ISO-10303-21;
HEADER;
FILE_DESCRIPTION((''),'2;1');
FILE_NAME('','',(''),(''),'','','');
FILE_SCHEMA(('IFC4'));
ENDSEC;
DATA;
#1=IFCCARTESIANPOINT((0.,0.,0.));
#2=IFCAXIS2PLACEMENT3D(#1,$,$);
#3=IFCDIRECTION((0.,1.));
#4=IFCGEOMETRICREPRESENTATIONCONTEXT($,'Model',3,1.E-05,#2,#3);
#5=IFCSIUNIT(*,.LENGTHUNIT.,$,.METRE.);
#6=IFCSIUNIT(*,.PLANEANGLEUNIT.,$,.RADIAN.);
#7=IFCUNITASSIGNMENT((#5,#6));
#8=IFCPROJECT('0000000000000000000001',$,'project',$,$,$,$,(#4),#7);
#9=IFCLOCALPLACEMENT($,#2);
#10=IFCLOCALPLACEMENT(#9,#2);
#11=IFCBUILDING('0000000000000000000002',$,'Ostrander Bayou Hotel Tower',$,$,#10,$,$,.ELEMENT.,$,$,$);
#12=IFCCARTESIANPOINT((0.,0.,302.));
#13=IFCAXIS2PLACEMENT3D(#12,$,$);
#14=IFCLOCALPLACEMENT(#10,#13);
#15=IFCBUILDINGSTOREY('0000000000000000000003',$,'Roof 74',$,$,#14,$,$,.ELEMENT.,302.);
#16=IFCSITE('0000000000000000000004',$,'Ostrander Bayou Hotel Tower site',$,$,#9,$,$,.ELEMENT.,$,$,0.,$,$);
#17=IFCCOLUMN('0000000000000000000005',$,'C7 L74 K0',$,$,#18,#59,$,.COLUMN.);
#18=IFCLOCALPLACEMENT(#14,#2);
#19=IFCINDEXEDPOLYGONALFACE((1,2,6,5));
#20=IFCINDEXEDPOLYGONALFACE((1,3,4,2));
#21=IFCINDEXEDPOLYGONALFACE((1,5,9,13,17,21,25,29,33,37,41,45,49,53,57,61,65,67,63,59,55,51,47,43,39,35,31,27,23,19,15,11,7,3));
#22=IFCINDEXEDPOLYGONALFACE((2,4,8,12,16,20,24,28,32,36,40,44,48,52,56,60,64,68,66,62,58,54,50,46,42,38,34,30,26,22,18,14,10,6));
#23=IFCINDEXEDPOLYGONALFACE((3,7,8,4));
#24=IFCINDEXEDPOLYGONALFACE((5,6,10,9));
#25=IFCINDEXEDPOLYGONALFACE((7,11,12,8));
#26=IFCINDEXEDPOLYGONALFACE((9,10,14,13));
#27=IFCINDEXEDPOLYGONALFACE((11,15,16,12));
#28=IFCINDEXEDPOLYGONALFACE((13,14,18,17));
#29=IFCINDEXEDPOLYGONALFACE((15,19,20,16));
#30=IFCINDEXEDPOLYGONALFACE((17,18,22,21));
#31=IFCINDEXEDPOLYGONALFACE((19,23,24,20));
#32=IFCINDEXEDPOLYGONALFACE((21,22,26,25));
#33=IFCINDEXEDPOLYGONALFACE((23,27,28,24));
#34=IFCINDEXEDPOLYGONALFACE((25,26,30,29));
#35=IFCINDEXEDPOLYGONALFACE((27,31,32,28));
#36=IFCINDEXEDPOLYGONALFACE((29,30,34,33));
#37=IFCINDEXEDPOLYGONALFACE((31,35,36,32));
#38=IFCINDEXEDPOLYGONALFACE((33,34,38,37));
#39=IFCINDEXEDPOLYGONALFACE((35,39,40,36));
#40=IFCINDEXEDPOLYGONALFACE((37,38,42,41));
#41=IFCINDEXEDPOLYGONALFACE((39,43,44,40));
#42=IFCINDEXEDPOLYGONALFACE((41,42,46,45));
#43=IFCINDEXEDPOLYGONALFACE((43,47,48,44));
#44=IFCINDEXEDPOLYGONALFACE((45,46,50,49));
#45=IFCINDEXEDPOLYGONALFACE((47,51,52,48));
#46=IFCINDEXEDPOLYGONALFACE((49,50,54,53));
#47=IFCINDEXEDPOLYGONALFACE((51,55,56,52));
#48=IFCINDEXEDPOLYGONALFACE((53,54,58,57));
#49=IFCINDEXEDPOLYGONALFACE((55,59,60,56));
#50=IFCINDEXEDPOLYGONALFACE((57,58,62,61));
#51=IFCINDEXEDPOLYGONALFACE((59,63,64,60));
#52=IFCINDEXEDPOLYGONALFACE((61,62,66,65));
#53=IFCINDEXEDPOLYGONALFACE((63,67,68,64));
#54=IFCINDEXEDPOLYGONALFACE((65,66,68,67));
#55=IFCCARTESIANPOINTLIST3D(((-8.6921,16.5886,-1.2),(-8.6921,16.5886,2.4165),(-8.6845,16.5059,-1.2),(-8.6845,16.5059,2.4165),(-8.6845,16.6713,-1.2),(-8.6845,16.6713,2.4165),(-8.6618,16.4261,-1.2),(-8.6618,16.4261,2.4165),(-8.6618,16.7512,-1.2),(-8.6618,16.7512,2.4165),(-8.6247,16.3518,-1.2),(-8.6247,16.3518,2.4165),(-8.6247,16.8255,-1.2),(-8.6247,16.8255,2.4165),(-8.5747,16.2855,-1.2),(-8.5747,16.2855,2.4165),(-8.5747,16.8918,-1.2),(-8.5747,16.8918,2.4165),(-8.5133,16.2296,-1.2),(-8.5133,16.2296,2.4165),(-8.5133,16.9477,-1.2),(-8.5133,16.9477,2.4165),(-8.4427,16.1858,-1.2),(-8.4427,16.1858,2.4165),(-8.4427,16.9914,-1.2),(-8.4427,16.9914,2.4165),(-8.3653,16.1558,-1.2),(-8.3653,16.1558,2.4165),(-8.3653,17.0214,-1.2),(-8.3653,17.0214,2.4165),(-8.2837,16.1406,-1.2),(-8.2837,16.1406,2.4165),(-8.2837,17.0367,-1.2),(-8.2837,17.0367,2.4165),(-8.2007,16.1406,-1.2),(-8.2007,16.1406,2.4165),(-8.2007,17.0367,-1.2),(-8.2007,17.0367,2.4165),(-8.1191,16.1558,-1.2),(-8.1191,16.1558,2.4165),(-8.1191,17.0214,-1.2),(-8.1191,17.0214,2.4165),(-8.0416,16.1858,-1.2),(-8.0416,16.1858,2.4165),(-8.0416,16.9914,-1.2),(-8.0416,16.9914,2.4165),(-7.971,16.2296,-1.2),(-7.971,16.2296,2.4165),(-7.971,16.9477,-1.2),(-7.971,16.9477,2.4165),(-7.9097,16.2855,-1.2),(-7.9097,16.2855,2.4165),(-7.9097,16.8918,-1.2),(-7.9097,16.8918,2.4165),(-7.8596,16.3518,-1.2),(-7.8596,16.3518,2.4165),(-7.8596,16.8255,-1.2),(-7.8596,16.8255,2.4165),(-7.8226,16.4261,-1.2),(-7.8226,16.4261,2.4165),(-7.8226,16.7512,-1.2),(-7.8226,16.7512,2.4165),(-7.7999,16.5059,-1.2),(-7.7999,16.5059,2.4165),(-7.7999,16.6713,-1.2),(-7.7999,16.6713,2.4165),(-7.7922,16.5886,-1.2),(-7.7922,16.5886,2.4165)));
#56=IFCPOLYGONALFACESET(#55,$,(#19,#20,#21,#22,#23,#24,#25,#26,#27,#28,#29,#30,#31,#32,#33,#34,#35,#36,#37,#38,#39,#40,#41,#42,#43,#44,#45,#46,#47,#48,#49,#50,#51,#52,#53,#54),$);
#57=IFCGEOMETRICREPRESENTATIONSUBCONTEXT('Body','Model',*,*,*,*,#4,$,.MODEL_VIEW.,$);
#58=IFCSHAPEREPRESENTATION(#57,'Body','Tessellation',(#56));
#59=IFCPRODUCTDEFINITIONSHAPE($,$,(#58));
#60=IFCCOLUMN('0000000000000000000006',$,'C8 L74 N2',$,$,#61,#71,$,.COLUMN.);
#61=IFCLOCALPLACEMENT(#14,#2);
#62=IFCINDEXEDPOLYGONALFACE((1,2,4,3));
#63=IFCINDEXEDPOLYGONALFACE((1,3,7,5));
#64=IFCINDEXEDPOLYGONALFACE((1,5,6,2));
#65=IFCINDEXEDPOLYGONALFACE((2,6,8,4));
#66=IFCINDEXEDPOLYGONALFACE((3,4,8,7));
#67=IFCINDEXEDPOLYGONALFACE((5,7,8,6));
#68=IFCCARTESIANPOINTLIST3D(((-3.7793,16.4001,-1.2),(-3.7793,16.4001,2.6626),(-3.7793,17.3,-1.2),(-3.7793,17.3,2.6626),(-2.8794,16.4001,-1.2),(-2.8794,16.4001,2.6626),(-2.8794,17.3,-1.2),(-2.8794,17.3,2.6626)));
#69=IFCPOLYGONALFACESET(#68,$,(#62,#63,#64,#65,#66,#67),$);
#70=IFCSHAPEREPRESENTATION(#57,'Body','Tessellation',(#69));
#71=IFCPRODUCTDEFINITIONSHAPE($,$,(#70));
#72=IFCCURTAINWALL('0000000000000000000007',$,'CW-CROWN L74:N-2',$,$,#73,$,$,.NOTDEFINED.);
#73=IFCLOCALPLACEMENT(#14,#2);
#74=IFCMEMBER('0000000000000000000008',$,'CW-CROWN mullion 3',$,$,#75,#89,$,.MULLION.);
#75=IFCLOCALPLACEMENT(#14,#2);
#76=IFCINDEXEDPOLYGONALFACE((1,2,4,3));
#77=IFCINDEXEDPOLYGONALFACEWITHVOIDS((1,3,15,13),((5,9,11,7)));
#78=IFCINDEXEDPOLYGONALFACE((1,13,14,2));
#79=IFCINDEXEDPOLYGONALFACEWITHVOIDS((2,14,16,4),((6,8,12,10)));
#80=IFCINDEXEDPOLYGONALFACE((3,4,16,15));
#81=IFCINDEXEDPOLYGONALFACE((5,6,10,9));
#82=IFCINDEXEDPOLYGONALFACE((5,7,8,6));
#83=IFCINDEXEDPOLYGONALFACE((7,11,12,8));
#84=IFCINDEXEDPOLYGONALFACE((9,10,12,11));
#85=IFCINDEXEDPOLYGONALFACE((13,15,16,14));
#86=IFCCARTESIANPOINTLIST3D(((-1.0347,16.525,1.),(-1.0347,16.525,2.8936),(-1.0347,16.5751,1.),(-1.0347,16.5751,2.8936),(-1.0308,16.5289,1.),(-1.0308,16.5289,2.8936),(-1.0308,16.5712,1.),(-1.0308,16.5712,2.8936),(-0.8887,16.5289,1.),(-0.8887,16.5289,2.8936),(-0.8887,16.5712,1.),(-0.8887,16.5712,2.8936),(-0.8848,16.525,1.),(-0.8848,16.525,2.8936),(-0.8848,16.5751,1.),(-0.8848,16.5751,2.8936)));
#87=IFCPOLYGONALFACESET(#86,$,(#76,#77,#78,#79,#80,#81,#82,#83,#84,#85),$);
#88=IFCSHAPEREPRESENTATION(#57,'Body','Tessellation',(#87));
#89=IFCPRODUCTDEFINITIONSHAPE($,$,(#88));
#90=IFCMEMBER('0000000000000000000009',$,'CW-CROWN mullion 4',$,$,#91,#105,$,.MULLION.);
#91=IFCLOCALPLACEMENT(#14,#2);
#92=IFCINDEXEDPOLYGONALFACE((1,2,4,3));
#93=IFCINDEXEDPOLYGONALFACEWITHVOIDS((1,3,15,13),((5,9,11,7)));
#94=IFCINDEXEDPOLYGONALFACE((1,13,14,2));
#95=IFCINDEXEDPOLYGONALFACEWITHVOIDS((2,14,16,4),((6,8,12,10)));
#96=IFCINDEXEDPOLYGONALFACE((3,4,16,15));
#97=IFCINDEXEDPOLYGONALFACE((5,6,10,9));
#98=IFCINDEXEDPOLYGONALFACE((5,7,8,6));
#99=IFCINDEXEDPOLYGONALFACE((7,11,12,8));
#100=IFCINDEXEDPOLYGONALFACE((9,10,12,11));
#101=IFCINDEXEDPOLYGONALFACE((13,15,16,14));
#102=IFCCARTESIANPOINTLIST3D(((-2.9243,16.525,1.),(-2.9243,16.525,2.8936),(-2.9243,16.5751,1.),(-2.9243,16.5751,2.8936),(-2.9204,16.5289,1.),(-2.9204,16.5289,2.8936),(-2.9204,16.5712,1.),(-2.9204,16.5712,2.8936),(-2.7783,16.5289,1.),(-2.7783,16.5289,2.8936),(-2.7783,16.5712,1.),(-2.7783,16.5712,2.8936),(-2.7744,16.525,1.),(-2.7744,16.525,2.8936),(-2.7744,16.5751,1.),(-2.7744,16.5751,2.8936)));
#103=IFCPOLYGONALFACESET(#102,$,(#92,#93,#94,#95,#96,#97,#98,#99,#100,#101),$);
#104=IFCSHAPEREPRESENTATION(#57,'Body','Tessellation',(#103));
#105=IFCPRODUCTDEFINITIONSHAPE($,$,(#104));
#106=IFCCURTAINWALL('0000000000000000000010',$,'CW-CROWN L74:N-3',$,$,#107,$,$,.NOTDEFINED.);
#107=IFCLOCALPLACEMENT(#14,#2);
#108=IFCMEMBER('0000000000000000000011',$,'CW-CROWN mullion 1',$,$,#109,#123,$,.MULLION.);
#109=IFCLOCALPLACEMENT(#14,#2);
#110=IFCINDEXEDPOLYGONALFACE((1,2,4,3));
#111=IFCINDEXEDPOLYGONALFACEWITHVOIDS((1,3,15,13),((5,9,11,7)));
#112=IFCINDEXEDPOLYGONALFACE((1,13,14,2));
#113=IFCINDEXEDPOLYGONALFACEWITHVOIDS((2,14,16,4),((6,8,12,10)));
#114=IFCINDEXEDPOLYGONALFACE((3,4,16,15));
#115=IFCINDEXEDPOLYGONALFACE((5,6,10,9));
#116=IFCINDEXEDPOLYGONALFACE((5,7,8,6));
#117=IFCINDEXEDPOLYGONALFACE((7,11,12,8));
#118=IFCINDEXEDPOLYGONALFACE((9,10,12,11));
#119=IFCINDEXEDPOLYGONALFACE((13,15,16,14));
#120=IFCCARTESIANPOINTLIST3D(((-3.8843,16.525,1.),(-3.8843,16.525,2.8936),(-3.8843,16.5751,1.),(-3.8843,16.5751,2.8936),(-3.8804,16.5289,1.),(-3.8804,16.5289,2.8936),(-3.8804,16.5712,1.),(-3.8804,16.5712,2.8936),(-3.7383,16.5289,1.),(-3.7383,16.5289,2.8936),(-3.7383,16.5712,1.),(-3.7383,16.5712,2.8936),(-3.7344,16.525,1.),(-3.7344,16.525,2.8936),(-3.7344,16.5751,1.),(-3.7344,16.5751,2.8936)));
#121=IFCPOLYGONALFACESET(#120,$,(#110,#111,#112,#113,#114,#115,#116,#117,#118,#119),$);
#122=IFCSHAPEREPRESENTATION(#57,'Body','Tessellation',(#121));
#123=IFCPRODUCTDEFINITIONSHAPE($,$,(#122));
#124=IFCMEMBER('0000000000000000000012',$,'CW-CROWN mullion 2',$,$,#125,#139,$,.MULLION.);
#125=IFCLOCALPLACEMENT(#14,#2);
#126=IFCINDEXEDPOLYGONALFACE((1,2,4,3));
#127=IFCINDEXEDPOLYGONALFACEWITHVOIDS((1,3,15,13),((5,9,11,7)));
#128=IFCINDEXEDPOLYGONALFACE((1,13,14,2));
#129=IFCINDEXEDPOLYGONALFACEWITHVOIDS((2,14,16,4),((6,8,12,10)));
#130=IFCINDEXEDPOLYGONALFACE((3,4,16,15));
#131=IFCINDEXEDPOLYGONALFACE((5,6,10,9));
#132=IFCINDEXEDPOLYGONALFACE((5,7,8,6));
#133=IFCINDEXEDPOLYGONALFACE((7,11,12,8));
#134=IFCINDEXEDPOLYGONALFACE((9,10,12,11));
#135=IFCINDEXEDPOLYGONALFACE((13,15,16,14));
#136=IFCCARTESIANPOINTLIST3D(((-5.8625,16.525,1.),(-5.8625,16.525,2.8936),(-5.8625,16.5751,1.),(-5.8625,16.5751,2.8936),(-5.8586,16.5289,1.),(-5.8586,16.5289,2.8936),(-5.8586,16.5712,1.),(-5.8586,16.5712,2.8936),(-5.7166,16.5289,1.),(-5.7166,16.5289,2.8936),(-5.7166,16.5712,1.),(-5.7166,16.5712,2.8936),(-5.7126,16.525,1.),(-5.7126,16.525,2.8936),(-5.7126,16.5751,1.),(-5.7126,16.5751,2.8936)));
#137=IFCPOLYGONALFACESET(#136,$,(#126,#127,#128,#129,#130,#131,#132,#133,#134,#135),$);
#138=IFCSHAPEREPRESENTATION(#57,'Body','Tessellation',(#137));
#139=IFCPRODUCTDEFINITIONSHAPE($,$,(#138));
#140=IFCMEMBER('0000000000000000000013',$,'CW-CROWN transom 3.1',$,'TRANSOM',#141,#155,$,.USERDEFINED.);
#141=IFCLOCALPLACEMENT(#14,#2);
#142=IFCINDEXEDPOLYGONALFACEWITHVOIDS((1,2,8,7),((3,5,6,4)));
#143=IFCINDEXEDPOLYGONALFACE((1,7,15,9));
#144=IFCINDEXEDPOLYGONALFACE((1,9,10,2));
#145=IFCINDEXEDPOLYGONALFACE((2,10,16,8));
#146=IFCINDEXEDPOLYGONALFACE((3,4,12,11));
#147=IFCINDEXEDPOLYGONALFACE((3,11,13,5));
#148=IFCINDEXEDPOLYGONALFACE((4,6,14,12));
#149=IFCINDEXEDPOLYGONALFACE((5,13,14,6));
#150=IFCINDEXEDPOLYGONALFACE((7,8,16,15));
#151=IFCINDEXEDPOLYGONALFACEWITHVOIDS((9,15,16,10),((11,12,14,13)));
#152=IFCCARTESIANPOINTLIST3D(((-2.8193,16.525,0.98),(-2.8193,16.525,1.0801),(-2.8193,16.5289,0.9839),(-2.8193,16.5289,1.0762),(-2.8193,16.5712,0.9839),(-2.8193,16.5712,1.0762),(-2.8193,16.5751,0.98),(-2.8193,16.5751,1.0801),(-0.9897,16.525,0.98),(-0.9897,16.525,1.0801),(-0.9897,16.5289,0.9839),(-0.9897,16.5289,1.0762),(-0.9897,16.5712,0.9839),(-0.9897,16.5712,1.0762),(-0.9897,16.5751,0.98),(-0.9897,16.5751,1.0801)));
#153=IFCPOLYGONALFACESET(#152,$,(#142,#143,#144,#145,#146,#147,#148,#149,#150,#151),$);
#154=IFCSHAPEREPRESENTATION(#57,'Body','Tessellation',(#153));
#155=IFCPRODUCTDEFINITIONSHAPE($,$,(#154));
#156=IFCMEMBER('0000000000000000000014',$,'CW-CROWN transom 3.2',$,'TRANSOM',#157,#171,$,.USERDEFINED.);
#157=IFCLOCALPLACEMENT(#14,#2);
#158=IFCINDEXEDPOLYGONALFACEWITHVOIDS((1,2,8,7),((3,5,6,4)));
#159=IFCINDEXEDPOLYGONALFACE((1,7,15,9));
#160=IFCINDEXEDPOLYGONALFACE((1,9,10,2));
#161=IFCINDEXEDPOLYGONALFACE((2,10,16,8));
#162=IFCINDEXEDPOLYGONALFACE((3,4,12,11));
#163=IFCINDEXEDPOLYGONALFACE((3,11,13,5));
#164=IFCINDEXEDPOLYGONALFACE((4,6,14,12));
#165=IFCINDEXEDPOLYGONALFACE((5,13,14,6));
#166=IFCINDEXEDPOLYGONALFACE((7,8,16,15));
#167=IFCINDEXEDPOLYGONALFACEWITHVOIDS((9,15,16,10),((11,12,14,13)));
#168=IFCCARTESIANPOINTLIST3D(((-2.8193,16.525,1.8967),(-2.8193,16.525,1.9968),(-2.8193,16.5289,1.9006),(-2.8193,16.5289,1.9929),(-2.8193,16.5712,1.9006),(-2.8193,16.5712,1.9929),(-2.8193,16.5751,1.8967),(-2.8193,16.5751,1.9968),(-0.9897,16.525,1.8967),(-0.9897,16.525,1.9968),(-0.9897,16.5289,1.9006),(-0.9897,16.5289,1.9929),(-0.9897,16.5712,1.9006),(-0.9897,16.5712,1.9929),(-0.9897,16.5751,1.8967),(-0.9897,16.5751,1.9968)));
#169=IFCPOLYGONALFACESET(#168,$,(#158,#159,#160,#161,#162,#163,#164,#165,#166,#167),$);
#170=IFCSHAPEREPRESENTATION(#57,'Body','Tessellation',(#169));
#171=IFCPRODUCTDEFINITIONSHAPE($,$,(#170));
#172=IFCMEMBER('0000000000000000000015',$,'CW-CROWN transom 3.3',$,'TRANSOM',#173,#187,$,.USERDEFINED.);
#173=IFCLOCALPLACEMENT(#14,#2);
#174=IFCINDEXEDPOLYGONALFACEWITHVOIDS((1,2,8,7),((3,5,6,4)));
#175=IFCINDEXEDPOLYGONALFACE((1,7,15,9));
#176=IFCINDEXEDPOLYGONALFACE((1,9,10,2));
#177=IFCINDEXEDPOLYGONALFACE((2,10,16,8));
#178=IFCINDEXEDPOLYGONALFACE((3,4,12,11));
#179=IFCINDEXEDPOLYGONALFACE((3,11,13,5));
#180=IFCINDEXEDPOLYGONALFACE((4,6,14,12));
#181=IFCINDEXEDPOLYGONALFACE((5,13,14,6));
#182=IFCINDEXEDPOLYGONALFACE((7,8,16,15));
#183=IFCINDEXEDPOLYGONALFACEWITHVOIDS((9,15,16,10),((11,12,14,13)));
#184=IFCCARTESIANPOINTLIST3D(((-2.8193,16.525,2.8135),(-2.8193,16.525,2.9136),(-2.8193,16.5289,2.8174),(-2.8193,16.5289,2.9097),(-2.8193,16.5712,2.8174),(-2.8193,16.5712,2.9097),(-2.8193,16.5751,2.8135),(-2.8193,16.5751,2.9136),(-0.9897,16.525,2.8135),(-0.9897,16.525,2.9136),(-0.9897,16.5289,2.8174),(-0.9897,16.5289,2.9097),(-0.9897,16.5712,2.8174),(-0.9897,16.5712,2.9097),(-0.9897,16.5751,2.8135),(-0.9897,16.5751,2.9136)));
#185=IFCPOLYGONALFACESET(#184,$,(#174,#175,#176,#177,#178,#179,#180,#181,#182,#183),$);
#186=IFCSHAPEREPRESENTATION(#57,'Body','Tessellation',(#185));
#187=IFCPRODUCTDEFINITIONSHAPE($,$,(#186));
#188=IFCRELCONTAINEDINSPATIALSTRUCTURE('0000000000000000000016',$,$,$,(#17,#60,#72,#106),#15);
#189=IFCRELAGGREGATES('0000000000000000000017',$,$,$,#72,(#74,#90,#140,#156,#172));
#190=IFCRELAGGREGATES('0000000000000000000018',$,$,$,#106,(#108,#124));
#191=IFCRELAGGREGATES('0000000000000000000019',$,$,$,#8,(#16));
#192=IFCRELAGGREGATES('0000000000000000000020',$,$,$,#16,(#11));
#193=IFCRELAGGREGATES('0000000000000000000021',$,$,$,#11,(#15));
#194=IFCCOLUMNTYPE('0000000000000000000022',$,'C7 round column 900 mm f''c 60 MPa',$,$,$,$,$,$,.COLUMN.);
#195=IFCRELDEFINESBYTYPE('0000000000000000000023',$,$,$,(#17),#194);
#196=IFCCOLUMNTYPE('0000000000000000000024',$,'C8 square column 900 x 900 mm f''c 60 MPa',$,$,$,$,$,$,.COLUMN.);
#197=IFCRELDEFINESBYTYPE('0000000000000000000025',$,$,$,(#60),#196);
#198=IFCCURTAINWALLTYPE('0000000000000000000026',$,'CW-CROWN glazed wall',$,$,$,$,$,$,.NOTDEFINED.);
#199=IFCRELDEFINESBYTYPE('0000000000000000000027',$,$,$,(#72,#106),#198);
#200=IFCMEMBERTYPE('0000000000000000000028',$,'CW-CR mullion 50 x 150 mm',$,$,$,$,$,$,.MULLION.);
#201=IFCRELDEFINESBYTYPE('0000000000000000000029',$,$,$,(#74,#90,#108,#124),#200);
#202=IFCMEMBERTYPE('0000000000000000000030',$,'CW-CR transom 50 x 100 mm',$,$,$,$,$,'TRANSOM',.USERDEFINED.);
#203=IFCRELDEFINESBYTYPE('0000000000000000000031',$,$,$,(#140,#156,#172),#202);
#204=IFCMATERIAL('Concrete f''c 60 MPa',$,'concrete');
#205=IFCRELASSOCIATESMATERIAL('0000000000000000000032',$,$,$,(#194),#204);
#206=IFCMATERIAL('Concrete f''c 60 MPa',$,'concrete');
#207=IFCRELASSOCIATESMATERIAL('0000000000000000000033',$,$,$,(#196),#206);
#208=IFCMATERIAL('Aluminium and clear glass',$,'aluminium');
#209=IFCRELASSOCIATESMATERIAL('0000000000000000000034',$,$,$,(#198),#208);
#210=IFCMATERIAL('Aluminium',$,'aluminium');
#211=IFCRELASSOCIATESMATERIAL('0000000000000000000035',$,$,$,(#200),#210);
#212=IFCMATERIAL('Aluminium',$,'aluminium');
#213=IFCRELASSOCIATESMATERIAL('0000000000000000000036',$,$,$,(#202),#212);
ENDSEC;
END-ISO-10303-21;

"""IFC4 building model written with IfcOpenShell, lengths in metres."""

from ifc_helpers import new_model, si_unit, direction, frame, origin, origin_2d, place, context, subcontext, project, spatial, rectangle, hollow_rectangle, circle, extrude, material, material_profile, profile_set, type_object, element, aggregate, save


model = new_model("IFC4")

# Units and contexts
model_context = context("Model", 3, precision=1e-05, world=origin(), true_north=direction((0.0, 1.0)))
body_context = subcontext(model_context, "Body", "Model", "MODEL_VIEW")
ifc_project = project(units=[si_unit("LENGTHUNIT", "METRE"), si_unit("PLANEANGLEUNIT", "RADIAN")], contexts=[model_context])

# Site, building, storey
site_placement = place(None, origin())
site = spatial("IfcSite", under=ifc_project, at=site_placement, Name="Ostrander Bayou Hotel Tower site", CompositionType="ELEMENT", RefElevation=0.0)
building_placement = place(site_placement, origin())
building = spatial("IfcBuilding", under=site, at=building_placement, Name="Ostrander Bayou Hotel Tower", CompositionType="ELEMENT")
storey_placement = place(building_placement, frame((0.0, 0.0, 302.0)))
storey = spatial("IfcBuildingStorey", under=building, at=storey_placement, Name="Roof 74", CompositionType="ELEMENT", Elevation=302.0)

# Columns
ifc_material_1 = material(Name="Concrete f'c 60 MPa", Category="concrete")
ifc_material_profile_1 = material_profile(ifc_material_1, circle(Radius=0.45, at=origin_2d()))
ifc_profile_set_1 = profile_set([ifc_material_profile_1], Name="Concrete f'c 60 MPa")
column_type_1 = type_object("IfcColumnType", Name="C7 round column 900 mm f'c 60 MPa", PredefinedType="COLUMN", material=ifc_profile_set_1)
column_1_placement = place(storey_placement, frame((-8.2422, 16.5886, -1.2), z_axis=(0.0, 0.0, 1.0), x_axis=(1.0, 0.0, 0.0)))
element("IfcColumn", 1, at=column_1_placement, inside=storey, type_object=column_type_1, Name="C7 L74 K0", PredefinedType="COLUMN", context=body_context, shape_type="SweptSolid", body=[
    extrude(circle(Radius=0.45, at=origin_2d()), origin(), (0.0, 0.0, 1.0), 3.6165),
])
ifc_material_2 = material(Name="Concrete f'c 60 MPa", Category="concrete")
ifc_material_profile_2 = material_profile(ifc_material_2, rectangle(XDim=0.8999, YDim=0.8999, at=origin_2d()))
ifc_profile_set_2 = profile_set([ifc_material_profile_2], Name="Concrete f'c 60 MPa")
column_type_2 = type_object("IfcColumnType", Name="C8 square column 900 x 900 mm f'c 60 MPa", PredefinedType="COLUMN", material=ifc_profile_set_2)
column_2_placement = place(storey_placement, frame((-3.3293, 16.8501, -1.2), z_axis=(0.0, 0.0, 1.0), x_axis=(1.0, 0.0, 0.0)))
element("IfcColumn", 2, at=column_2_placement, inside=storey, type_object=column_type_2, Name="C8 L74 N2", PredefinedType="COLUMN", context=body_context, shape_type="SweptSolid", body=[
    extrude(rectangle(XDim=0.8999, YDim=0.8999, at=origin_2d()), origin(), (0.0, 0.0, 1.0), 3.8625),
])

# Curtain walls, members
ifc_material_3 = material(Name="Aluminium and clear glass", Category="aluminium")
curtain_wall_type = type_object("IfcCurtainWallType", Name="CW-CROWN glazed wall", PredefinedType="NOTDEFINED", material=ifc_material_3)
curtain_wall_1_placement = place(storey_placement, origin())
curtain_wall_1 = element("IfcCurtainWall", 3, at=curtain_wall_1_placement, inside=storey, type_object=curtain_wall_type, Name="CW-CROWN L74:N-2", PredefinedType="NOTDEFINED")
ifc_material_4 = material(Name="Aluminium", Category="aluminium")
ifc_material_profile_3 = material_profile(ifc_material_4, hollow_rectangle(XDim=0.05, YDim=0.1499, WallThickness=0.0039, at=origin_2d()))
ifc_profile_set_3 = profile_set([ifc_material_profile_3], Name="Aluminium")
member_type_1 = type_object("IfcMemberType", Name="CW-CR mullion 50 x 150 mm", PredefinedType="MULLION", material=ifc_profile_set_3)
member_1_placement = place(storey_placement, frame((-0.9597, 16.55, 1.0), z_axis=(0.0, 0.0, 1.0), x_axis=(0.0, -1.0, 0.0)))
member_1 = element("IfcMember", 4, at=member_1_placement, type_object=member_type_1, Name="CW-CROWN mullion 3", PredefinedType="MULLION", context=body_context, shape_type="SweptSolid", body=[
    extrude(hollow_rectangle(XDim=0.05, YDim=0.1499, WallThickness=0.0039, at=origin_2d()), origin(), (0.0, 0.0, 1.0), 1.8936),
])
member_2_placement = place(storey_placement, frame((-2.8494, 16.55, 1.0), z_axis=(0.0, 0.0, 1.0), x_axis=(0.0, -1.0, 0.0)))
member_2 = element("IfcMember", 5, at=member_2_placement, type_object=member_type_1, Name="CW-CROWN mullion 4", PredefinedType="MULLION", context=body_context, shape_type="SweptSolid", body=[
    extrude(hollow_rectangle(XDim=0.05, YDim=0.1499, WallThickness=0.0039, at=origin_2d()), origin(), (0.0, 0.0, 1.0), 1.8936),
])
curtain_wall_2_placement = place(storey_placement, origin())
curtain_wall_2 = element("IfcCurtainWall", 6, at=curtain_wall_2_placement, inside=storey, type_object=curtain_wall_type, Name="CW-CROWN L74:N-3", PredefinedType="NOTDEFINED")
member_3_placement = place(storey_placement, frame((-3.8093, 16.55, 1.0), z_axis=(0.0, 0.0, 1.0), x_axis=(0.0, -1.0, 0.0)))
member_3 = element("IfcMember", 7, at=member_3_placement, type_object=member_type_1, Name="CW-CROWN mullion 1", PredefinedType="MULLION", context=body_context, shape_type="SweptSolid", body=[
    extrude(hollow_rectangle(XDim=0.05, YDim=0.1499, WallThickness=0.0039, at=origin_2d()), origin(), (0.0, 0.0, 1.0), 1.8936),
])
member_4_placement = place(storey_placement, frame((-5.7876, 16.55, 1.0), z_axis=(0.0, 0.0, 1.0), x_axis=(0.0, -1.0, 0.0)))
member_4 = element("IfcMember", 8, at=member_4_placement, type_object=member_type_1, Name="CW-CROWN mullion 2", PredefinedType="MULLION", context=body_context, shape_type="SweptSolid", body=[
    extrude(hollow_rectangle(XDim=0.05, YDim=0.1499, WallThickness=0.0039, at=origin_2d()), origin(), (0.0, 0.0, 1.0), 1.8936),
])

# Members
ifc_material_5 = material(Name="Aluminium", Category="aluminium")
ifc_material_profile_4 = material_profile(ifc_material_5, hollow_rectangle(XDim=0.05, YDim=0.1001, WallThickness=0.0039, at=origin_2d()))
ifc_profile_set_4 = profile_set([ifc_material_profile_4], Name="Aluminium")
member_type_2 = type_object("IfcMemberType", Name="CW-CR transom 50 x 100 mm", ElementType="TRANSOM", PredefinedType="USERDEFINED", material=ifc_profile_set_4)
member_5_placement = place(storey_placement, frame((-0.9897, 16.55, 1.03), z_axis=(-1.0, 0.0, 0.0), x_axis=(0.0, -1.0, 0.0)))
member_5 = element("IfcMember", 9, at=member_5_placement, type_object=member_type_2, Name="CW-CROWN transom 3.1", ObjectType="TRANSOM", PredefinedType="USERDEFINED", context=body_context, shape_type="SweptSolid", body=[
    extrude(hollow_rectangle(XDim=0.05, YDim=0.1001, WallThickness=0.0039, at=origin_2d()), origin(), (0.0, 0.0, 1.0), 1.8296),
])
member_6_placement = place(storey_placement, frame((-0.9897, 16.55, 1.9468), z_axis=(-1.0, 0.0, 0.0), x_axis=(0.0, -1.0, 0.0)))
member_6 = element("IfcMember", 10, at=member_6_placement, type_object=member_type_2, Name="CW-CROWN transom 3.2", ObjectType="TRANSOM", PredefinedType="USERDEFINED", context=body_context, shape_type="SweptSolid", body=[
    extrude(hollow_rectangle(XDim=0.05, YDim=0.1001, WallThickness=0.0039, at=origin_2d()), origin(), (0.0, 0.0, 1.0), 1.8296),
])
member_7_placement = place(storey_placement, frame((-0.9897, 16.55, 2.8635), z_axis=(-1.0, 0.0, 0.0), x_axis=(0.0, -1.0, 0.0)))
member_7 = element("IfcMember", 11, at=member_7_placement, type_object=member_type_2, Name="CW-CROWN transom 3.3", ObjectType="TRANSOM", PredefinedType="USERDEFINED", context=body_context, shape_type="SweptSolid", body=[
    extrude(hollow_rectangle(XDim=0.05, YDim=0.1001, WallThickness=0.0039, at=origin_2d()), origin(), (0.0, 0.0, 1.0), 1.8296),
])

aggregate(curtain_wall_1, [member_1, member_2, member_5, member_6, member_7])
aggregate(curtain_wall_2, [member_3, member_4])

save(model, "model.ifc")
